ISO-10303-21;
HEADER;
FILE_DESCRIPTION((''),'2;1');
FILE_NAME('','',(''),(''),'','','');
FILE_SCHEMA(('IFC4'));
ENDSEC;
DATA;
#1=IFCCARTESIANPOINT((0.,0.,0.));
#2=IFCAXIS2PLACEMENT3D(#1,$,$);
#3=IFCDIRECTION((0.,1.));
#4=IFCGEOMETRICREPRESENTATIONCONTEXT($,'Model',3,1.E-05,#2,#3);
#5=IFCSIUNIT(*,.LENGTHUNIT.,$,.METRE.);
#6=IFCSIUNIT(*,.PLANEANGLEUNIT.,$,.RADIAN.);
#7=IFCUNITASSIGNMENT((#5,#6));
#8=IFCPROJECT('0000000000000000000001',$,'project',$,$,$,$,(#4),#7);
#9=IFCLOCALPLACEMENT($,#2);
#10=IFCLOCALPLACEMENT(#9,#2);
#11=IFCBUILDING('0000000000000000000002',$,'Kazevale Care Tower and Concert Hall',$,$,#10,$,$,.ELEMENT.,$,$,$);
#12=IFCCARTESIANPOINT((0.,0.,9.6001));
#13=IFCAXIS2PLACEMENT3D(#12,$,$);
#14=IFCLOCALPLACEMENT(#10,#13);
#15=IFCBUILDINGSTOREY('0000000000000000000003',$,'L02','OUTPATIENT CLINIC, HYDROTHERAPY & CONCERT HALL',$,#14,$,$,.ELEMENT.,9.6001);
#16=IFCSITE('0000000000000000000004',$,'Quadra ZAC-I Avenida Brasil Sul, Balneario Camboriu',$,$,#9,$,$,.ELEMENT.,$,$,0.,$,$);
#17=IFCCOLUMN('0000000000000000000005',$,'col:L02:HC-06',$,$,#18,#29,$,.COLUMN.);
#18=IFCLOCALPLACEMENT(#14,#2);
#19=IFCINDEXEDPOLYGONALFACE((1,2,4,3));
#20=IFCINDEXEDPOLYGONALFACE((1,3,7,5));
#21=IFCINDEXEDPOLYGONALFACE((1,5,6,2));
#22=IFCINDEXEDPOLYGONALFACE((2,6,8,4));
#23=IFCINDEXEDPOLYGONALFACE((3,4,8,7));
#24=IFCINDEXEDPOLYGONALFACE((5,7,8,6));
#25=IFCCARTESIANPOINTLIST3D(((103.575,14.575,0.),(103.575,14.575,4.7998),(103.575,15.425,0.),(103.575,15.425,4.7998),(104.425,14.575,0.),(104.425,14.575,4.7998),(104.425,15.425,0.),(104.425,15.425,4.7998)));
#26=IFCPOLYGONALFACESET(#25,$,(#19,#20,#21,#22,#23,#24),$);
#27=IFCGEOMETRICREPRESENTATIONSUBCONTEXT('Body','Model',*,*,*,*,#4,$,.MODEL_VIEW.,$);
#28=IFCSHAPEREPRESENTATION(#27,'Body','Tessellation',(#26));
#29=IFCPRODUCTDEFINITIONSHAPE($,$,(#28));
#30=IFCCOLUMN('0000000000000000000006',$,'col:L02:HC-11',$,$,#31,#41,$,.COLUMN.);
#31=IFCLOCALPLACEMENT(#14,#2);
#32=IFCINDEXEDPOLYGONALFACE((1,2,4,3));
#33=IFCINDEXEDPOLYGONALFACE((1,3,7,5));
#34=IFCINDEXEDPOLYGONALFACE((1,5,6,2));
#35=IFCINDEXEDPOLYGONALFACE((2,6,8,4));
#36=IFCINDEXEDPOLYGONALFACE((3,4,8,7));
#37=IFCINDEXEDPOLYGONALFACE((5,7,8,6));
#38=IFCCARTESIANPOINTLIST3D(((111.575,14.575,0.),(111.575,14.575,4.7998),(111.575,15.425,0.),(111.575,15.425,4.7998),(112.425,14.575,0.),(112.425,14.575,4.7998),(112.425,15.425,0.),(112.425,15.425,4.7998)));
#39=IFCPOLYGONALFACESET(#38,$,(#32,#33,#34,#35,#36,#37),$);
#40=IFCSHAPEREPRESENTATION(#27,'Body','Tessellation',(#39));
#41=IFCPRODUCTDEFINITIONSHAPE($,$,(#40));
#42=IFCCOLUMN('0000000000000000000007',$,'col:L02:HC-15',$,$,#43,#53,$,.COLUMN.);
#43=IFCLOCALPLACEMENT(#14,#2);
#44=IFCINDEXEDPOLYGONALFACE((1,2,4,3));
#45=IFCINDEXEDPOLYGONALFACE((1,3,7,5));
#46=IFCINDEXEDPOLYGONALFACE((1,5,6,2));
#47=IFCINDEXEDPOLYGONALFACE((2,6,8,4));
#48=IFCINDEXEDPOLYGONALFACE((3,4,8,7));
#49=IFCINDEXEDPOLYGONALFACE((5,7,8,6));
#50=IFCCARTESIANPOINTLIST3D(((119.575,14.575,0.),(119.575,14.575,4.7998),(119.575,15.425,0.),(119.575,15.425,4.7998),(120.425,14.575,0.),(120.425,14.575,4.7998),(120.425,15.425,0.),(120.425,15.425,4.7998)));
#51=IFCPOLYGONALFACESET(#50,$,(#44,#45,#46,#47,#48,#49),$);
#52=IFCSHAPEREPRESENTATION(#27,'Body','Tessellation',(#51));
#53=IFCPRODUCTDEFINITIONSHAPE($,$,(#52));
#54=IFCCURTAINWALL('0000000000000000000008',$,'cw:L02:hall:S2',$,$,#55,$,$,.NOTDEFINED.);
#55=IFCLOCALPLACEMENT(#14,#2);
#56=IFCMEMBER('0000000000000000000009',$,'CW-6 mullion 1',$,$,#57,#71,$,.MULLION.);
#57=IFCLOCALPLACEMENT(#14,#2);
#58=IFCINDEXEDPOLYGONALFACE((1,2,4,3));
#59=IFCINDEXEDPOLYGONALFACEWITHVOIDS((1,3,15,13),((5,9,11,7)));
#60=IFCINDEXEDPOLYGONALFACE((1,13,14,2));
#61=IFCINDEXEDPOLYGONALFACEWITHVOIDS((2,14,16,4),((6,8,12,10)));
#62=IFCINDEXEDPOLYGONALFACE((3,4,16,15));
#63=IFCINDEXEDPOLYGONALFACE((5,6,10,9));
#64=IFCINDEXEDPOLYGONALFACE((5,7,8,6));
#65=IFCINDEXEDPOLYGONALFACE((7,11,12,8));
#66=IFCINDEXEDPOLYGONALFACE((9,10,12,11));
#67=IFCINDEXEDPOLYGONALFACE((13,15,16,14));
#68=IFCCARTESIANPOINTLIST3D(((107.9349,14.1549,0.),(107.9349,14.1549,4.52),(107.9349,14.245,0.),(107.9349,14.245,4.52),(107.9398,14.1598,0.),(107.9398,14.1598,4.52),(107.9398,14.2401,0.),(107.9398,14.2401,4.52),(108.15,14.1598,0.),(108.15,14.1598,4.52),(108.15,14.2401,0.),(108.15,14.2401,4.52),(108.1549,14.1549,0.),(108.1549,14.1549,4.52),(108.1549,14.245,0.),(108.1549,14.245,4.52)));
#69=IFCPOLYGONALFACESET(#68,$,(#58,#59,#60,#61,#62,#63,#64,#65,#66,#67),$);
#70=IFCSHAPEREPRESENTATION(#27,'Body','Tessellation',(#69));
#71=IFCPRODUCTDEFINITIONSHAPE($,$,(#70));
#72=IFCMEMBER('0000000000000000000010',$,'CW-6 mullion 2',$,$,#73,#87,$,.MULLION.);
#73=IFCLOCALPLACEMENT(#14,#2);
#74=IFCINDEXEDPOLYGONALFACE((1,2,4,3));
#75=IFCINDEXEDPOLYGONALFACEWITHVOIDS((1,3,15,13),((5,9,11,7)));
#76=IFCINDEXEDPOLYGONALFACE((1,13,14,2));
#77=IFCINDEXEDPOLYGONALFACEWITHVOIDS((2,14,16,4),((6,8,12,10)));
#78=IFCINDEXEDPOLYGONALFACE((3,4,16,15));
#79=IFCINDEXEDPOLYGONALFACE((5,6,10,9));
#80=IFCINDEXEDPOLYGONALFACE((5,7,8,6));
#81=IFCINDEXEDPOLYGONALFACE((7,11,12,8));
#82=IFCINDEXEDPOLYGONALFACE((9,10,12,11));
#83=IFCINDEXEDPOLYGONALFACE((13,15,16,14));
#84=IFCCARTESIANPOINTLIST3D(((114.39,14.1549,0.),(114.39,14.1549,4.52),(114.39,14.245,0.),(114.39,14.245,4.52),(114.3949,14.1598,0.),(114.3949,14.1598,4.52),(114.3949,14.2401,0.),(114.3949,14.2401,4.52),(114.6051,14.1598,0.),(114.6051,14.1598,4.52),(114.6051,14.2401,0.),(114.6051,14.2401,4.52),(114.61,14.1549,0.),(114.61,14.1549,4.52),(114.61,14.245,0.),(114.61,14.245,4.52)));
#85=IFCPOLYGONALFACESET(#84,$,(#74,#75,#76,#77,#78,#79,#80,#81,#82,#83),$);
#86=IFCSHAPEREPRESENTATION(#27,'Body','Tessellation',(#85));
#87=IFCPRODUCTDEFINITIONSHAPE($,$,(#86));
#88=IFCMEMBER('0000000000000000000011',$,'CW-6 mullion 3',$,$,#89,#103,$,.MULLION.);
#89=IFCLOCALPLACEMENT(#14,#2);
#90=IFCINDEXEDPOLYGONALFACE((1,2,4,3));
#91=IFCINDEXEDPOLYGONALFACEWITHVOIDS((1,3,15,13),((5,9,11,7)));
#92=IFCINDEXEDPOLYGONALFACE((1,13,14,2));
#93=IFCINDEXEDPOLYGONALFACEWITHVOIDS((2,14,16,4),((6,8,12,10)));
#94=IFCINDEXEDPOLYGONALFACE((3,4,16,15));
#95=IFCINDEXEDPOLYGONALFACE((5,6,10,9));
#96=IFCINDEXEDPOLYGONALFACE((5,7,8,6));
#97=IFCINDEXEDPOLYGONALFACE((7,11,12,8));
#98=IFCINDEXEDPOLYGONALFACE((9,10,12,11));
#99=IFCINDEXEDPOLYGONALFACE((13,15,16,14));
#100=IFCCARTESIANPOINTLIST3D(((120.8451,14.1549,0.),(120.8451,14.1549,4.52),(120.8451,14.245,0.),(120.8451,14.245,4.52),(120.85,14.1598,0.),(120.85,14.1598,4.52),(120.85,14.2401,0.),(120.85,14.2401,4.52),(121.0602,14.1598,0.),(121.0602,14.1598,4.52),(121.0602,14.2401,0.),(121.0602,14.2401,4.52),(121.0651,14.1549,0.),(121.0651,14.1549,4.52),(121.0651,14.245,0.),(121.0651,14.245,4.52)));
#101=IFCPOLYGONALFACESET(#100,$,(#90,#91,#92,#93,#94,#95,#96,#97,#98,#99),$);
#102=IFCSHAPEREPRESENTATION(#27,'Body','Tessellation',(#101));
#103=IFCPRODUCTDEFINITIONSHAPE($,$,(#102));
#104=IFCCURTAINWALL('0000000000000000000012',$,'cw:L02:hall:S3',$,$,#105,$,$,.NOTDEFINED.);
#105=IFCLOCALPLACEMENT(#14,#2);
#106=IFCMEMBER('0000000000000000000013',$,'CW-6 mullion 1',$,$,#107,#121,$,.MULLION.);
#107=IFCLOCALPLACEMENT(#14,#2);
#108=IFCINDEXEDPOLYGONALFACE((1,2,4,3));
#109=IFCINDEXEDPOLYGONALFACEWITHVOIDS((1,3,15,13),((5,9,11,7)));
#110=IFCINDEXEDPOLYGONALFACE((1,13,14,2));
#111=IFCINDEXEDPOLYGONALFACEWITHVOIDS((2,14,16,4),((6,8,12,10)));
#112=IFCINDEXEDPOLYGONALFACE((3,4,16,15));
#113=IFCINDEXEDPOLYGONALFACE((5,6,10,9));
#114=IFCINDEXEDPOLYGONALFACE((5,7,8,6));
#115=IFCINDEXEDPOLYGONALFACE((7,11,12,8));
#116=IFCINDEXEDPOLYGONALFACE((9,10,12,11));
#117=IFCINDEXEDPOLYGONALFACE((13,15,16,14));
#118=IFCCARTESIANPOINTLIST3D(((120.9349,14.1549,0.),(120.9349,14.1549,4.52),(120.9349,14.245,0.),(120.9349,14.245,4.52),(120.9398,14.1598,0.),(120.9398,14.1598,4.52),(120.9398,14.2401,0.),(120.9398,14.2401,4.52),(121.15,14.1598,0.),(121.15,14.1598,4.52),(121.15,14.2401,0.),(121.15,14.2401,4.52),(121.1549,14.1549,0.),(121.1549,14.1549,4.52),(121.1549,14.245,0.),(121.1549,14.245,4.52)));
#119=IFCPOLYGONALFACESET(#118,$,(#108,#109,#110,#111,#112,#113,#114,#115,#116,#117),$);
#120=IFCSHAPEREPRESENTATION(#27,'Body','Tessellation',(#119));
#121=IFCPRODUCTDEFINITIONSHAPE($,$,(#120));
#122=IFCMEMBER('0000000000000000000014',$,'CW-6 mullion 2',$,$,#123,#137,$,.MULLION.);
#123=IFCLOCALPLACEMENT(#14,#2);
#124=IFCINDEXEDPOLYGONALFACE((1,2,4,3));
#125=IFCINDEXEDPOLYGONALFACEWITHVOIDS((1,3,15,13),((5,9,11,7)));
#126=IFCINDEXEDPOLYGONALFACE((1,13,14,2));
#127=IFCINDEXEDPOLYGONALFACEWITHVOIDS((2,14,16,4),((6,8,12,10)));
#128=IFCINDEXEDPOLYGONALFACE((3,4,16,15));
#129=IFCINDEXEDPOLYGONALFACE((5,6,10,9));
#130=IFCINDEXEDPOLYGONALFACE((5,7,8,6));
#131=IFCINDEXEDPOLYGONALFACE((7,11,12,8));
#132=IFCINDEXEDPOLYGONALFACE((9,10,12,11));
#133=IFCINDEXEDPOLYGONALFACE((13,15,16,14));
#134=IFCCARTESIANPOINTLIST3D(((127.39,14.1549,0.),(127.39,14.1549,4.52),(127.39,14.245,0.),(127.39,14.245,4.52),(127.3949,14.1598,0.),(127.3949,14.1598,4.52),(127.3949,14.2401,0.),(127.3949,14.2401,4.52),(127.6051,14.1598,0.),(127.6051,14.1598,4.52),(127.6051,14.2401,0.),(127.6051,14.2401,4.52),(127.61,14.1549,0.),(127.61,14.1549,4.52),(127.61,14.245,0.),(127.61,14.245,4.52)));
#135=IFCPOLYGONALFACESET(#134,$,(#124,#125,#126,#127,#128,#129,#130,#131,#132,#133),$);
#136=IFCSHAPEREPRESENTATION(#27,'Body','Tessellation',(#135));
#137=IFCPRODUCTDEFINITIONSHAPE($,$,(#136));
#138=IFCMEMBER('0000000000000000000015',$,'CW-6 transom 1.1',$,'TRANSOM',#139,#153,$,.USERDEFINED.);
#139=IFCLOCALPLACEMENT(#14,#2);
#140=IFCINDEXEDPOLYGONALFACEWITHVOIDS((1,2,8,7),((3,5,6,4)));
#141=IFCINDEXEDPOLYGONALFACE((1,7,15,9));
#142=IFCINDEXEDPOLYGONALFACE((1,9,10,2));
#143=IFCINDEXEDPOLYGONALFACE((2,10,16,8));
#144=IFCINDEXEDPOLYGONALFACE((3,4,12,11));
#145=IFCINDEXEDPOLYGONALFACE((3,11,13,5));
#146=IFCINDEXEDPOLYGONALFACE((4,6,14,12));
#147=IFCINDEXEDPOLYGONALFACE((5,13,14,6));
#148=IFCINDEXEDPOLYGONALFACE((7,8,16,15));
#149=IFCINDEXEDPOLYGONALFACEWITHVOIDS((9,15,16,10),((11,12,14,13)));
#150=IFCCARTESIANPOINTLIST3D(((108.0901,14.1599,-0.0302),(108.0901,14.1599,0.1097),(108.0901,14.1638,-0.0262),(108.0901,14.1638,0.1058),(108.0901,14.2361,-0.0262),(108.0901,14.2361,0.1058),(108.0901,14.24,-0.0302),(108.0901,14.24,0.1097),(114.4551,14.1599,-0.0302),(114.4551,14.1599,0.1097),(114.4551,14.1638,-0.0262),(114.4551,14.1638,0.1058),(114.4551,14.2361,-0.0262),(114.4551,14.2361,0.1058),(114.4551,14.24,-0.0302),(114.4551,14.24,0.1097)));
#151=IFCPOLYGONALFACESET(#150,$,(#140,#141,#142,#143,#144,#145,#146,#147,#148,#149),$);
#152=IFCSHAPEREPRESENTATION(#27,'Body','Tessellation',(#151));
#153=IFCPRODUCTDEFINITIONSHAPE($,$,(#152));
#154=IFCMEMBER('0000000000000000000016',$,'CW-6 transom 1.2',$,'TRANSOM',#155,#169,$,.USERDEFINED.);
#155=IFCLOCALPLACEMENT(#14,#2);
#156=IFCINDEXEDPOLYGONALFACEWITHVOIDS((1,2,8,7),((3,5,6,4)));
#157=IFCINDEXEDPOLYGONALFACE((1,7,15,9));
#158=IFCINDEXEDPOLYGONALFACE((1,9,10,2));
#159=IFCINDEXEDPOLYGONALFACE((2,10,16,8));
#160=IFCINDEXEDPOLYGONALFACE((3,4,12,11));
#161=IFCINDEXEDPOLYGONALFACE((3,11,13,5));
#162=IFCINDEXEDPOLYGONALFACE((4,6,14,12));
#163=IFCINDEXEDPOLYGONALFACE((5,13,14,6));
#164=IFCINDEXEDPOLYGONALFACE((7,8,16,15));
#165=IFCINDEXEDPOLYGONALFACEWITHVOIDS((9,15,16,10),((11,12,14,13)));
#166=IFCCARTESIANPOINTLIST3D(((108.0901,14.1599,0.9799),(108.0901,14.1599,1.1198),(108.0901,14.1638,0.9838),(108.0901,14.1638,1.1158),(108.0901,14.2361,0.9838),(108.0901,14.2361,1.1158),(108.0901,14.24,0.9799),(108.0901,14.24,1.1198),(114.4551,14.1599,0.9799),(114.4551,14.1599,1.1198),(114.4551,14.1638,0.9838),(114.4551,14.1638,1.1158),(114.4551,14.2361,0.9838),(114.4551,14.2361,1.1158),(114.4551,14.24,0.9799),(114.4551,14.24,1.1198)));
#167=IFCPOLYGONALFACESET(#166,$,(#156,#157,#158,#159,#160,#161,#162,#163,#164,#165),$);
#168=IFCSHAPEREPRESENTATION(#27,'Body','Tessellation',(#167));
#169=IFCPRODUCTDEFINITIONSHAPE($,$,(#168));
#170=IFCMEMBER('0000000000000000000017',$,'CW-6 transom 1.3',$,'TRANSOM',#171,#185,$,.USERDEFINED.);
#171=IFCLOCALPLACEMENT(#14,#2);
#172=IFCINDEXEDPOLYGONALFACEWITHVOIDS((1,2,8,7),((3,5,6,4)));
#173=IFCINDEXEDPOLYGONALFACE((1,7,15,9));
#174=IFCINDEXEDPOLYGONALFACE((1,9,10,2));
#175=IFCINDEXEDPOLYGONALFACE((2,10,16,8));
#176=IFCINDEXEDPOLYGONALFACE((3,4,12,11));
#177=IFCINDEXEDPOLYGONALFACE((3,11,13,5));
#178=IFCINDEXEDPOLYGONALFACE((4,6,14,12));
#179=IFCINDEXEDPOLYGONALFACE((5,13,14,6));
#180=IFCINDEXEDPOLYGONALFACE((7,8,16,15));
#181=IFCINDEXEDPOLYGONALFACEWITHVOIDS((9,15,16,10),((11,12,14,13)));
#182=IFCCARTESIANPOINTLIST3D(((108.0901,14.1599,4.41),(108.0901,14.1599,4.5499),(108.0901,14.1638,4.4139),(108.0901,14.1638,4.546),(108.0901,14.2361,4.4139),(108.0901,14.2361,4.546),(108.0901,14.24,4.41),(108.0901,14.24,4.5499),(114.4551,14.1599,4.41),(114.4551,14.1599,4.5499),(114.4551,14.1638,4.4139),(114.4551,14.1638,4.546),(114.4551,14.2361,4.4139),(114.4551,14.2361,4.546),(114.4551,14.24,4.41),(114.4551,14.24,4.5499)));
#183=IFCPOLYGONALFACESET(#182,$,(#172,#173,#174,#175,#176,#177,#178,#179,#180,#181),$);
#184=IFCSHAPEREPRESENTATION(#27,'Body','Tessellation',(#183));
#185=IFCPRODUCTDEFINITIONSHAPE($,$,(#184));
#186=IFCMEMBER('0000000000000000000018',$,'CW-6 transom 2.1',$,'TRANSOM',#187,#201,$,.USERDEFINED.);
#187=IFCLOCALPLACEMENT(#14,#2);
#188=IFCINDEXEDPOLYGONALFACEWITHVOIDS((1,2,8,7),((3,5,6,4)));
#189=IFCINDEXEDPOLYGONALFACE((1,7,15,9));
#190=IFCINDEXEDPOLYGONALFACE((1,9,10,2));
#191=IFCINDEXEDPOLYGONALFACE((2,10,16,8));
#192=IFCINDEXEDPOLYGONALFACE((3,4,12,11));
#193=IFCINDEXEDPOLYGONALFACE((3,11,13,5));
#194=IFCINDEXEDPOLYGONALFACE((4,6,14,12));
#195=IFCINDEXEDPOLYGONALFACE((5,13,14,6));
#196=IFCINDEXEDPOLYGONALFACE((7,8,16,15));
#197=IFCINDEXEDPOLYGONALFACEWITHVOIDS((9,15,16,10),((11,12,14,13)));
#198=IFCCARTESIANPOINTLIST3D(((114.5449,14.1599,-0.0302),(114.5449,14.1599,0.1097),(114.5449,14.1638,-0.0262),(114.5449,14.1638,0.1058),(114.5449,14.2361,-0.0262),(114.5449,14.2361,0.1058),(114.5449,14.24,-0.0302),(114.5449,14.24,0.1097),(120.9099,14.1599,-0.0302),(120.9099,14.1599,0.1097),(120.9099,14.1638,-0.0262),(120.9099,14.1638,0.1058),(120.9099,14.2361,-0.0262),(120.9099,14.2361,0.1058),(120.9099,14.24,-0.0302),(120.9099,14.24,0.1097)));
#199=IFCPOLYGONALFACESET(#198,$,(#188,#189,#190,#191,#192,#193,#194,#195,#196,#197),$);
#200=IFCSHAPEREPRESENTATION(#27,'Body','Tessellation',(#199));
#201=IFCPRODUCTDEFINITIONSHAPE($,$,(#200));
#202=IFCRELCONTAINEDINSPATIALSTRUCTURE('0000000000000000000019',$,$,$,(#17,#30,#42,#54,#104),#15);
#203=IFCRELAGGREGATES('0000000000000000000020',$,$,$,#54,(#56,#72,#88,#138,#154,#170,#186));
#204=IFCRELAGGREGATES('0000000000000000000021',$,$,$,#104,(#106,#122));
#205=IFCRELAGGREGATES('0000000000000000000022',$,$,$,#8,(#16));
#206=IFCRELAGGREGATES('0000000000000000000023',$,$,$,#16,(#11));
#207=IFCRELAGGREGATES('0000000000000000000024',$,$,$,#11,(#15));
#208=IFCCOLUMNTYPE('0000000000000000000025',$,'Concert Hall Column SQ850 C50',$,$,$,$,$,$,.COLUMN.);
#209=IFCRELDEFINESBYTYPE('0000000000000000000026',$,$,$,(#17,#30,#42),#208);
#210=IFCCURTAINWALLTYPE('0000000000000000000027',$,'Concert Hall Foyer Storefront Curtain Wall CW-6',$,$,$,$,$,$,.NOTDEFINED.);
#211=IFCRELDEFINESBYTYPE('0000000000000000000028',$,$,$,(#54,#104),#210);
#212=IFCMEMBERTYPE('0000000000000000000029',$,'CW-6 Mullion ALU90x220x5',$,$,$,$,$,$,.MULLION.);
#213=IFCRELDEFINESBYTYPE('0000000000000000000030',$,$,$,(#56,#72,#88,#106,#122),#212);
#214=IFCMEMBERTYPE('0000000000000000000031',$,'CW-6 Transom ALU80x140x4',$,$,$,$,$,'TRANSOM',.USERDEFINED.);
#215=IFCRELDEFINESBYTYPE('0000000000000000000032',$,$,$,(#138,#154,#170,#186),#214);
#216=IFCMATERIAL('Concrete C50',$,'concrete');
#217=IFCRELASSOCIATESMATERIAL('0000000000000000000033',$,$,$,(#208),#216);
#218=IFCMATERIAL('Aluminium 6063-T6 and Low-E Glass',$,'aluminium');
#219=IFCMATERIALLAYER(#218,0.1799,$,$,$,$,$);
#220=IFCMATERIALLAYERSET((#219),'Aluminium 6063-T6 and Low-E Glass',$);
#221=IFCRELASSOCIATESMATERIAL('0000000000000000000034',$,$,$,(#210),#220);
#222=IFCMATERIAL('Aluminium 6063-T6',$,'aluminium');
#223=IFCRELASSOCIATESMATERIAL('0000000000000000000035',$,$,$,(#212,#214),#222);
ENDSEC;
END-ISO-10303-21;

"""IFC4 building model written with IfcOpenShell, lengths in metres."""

from ifc_helpers import new_model, si_unit, direction, frame, origin, origin_2d, place, context, subcontext, project, spatial, rectangle, hollow_rectangle, extrude, material, layer, layer_set, material_profile, profile_set, type_object, element, aggregate, save


model = new_model("IFC4")

# Units and contexts
model_context = context("Model", 3, precision=1e-05, world=origin(), true_north=direction((0.0, 1.0)))
body_context = subcontext(model_context, "Body", "Model", "MODEL_VIEW")
ifc_project = project(units=[si_unit("LENGTHUNIT", "METRE"), si_unit("PLANEANGLEUNIT", "RADIAN")], contexts=[model_context])

# Site, building, storey
site_placement = place(None, origin())
site = spatial("IfcSite", under=ifc_project, at=site_placement, Name="Quadra ZAC-I Avenida Brasil Sul, Balneario Camboriu", CompositionType="ELEMENT", RefElevation=0.0)
building_placement = place(site_placement, origin())
building = spatial("IfcBuilding", under=site, at=building_placement, Name="Kazevale Care Tower and Concert Hall", CompositionType="ELEMENT")
storey_placement = place(building_placement, frame((0.0, 0.0, 9.6001)))
storey = spatial("IfcBuildingStorey", under=building, at=storey_placement, Name="L02", Description="OUTPATIENT CLINIC, HYDROTHERAPY & CONCERT HALL", CompositionType="ELEMENT", Elevation=9.6001)

# Columns
ifc_material_1 = material(Name="Concrete C50", Category="concrete")
ifc_material_profile_1 = material_profile(ifc_material_1, rectangle(XDim=0.8501, YDim=0.8501, at=origin_2d()), Name="RC-SQ850")
ifc_profile_set_1 = profile_set([ifc_material_profile_1], Name="Concrete C50")
column_type = type_object("IfcColumnType", Name="Concert Hall Column SQ850 C50", PredefinedType="COLUMN", material=ifc_profile_set_1)
for number, where, z_axis, x_axis, name in (
    (1, (104.0, 15.0, 0.0), (0.0, 0.0, 1.0), (1.0, 0.0, 0.0), "col:L02:HC-06"),
    (2, (112.0, 15.0, 0.0), (0.0, 0.0, 1.0), (1.0, 0.0, 0.0), "col:L02:HC-11"),
    (3, (120.0, 15.0, 0.0), (0.0, 0.0, 1.0), (1.0, 0.0, 0.0), "col:L02:HC-15"),
):
    element("IfcColumn", number, at=place(storey_placement, frame(where, z_axis=z_axis, x_axis=x_axis)), inside=storey, type_object=column_type, Name=name, PredefinedType="COLUMN", context=body_context, shape_type="SweptSolid", body=[
        extrude(rectangle(XDim=0.8501, YDim=0.8501, at=origin_2d()), origin(), (0.0, 0.0, 1.0), 4.7998),
    ])

# Curtain walls, members
ifc_material_2 = material(Name="Aluminium 6063-T6 and Low-E Glass", Category="aluminium")
ifc_layer_1 = layer(ifc_material_2, 0.1799)
ifc_layer_set_1 = layer_set([ifc_layer_1], Name="Aluminium 6063-T6 and Low-E Glass")
curtain_wall_type = type_object("IfcCurtainWallType", Name="Concert Hall Foyer Storefront Curtain Wall CW-6", PredefinedType="NOTDEFINED", material=ifc_layer_set_1)
curtain_wall_1_placement = place(storey_placement, origin())
curtain_wall_1 = element("IfcCurtainWall", 4, at=curtain_wall_1_placement, inside=storey, type_object=curtain_wall_type, Name="cw:L02:hall:S2", PredefinedType="NOTDEFINED")
ifc_material_3 = material(Name="Aluminium 6063-T6", Category="aluminium")
ifc_material_profile_2 = material_profile(ifc_material_3, hollow_rectangle(XDim=0.0901, YDim=0.22, WallThickness=0.0049, at=origin_2d()), Name="ALU90x220x5")
ifc_profile_set_2 = profile_set([ifc_material_profile_2], Name="Aluminium 6063-T6")
member_type_1 = type_object("IfcMemberType", Name="CW-6 Mullion ALU90x220x5", PredefinedType="MULLION", material=ifc_profile_set_2)
member_1_placement = place(storey_placement, frame((108.0449, 14.2, 0.0), z_axis=(0.0, 0.0, 1.0), x_axis=(0.0, 1.0, 0.0)))
member_1 = element("IfcMember", 5, at=member_1_placement, type_object=member_type_1, Name="CW-6 mullion 1", PredefinedType="MULLION", context=body_context, shape_type="SweptSolid", body=[
    extrude(hollow_rectangle(XDim=0.0901, YDim=0.22, WallThickness=0.0049, at=origin_2d()), origin(), (0.0, 0.0, 1.0), 4.52),
])
member_2_placement = place(storey_placement, frame((114.5, 14.2, 0.0), z_axis=(0.0, 0.0, 1.0), x_axis=(0.0, 1.0, 0.0)))
member_2 = element("IfcMember", 6, at=member_2_placement, type_object=member_type_1, Name="CW-6 mullion 2", PredefinedType="MULLION", context=body_context, shape_type="SweptSolid", body=[
    extrude(hollow_rectangle(XDim=0.0901, YDim=0.22, WallThickness=0.0049, at=origin_2d()), origin(), (0.0, 0.0, 1.0), 4.52),
])
member_3_placement = place(storey_placement, frame((120.9551, 14.2, 0.0), z_axis=(0.0, 0.0, 1.0), x_axis=(0.0, 1.0, 0.0)))
member_3 = element("IfcMember", 7, at=member_3_placement, type_object=member_type_1, Name="CW-6 mullion 3", PredefinedType="MULLION", context=body_context, shape_type="SweptSolid", body=[
    extrude(hollow_rectangle(XDim=0.0901, YDim=0.22, WallThickness=0.0049, at=origin_2d()), origin(), (0.0, 0.0, 1.0), 4.52),
])
curtain_wall_2_placement = place(storey_placement, origin())
curtain_wall_2 = element("IfcCurtainWall", 8, at=curtain_wall_2_placement, inside=storey, type_object=curtain_wall_type, Name="cw:L02:hall:S3", PredefinedType="NOTDEFINED")
member_4_placement = place(storey_placement, frame((121.0449, 14.2, 0.0), z_axis=(0.0, 0.0, 1.0), x_axis=(0.0, 1.0, 0.0)))
member_4 = element("IfcMember", 9, at=member_4_placement, type_object=member_type_1, Name="CW-6 mullion 1", PredefinedType="MULLION", context=body_context, shape_type="SweptSolid", body=[
    extrude(hollow_rectangle(XDim=0.0901, YDim=0.22, WallThickness=0.0049, at=origin_2d()), origin(), (0.0, 0.0, 1.0), 4.52),
])
member_5_placement = place(storey_placement, frame((127.5, 14.2, 0.0), z_axis=(0.0, 0.0, 1.0), x_axis=(0.0, 1.0, 0.0)))
member_5 = element("IfcMember", 10, at=member_5_placement, type_object=member_type_1, Name="CW-6 mullion 2", PredefinedType="MULLION", context=body_context, shape_type="SweptSolid", body=[
    extrude(hollow_rectangle(XDim=0.0901, YDim=0.22, WallThickness=0.0049, at=origin_2d()), origin(), (0.0, 0.0, 1.0), 4.52),
])

# Members
ifc_material_profile_3 = material_profile(ifc_material_3, hollow_rectangle(XDim=0.0801, YDim=0.1399, WallThickness=0.0039, at=origin_2d()), Name="ALU80x140x4")
ifc_profile_set_3 = profile_set([ifc_material_profile_3], Name="Aluminium 6063-T6")
member_type_2 = type_object("IfcMemberType", Name="CW-6 Transom ALU80x140x4", ElementType="TRANSOM", PredefinedType="USERDEFINED", material=ifc_profile_set_3)
member_6_placement = place(storey_placement, frame((108.0901, 14.2, 0.0398), z_axis=(1.0, 0.0, 0.0), x_axis=(0.0, 1.0, 0.0)))
member_6 = element("IfcMember", 11, at=member_6_placement, type_object=member_type_2, Name="CW-6 transom 1.1", ObjectType="TRANSOM", PredefinedType="USERDEFINED", context=body_context, shape_type="SweptSolid", body=[
    extrude(hollow_rectangle(XDim=0.0801, YDim=0.1399, WallThickness=0.0039, at=origin_2d()), origin(), (0.0, 0.0, 1.0), 6.365),
])
member_7_placement = place(storey_placement, frame((108.0901, 14.2, 1.0498), z_axis=(1.0, 0.0, 0.0), x_axis=(0.0, 1.0, 0.0)))
member_7 = element("IfcMember", 12, at=member_7_placement, type_object=member_type_2, Name="CW-6 transom 1.2", ObjectType="TRANSOM", PredefinedType="USERDEFINED", context=body_context, shape_type="SweptSolid", body=[
    extrude(hollow_rectangle(XDim=0.0801, YDim=0.1399, WallThickness=0.0039, at=origin_2d()), origin(), (0.0, 0.0, 1.0), 6.365),
])
member_8_placement = place(storey_placement, frame((108.0901, 14.2, 4.48), z_axis=(1.0, 0.0, 0.0), x_axis=(0.0, 1.0, 0.0)))
member_8 = element("IfcMember", 13, at=member_8_placement, type_object=member_type_2, Name="CW-6 transom 1.3", ObjectType="TRANSOM", PredefinedType="USERDEFINED", context=body_context, shape_type="SweptSolid", body=[
    extrude(hollow_rectangle(XDim=0.0801, YDim=0.1399, WallThickness=0.0039, at=origin_2d()), origin(), (0.0, 0.0, 1.0), 6.365),
])
member_9_placement = place(storey_placement, frame((114.5449, 14.2, 0.0398), z_axis=(1.0, 0.0, 0.0), x_axis=(0.0, 1.0, 0.0)))
member_9 = element("IfcMember", 14, at=member_9_placement, type_object=member_type_2, Name="CW-6 transom 2.1", ObjectType="TRANSOM", PredefinedType="USERDEFINED", context=body_context, shape_type="SweptSolid", body=[
    extrude(hollow_rectangle(XDim=0.0801, YDim=0.1399, WallThickness=0.0039, at=origin_2d()), origin(), (0.0, 0.0, 1.0), 6.365),
])

aggregate(curtain_wall_1, [member_1, member_2, member_3, member_6, member_7, member_8, member_9])
aggregate(curtain_wall_2, [member_4, member_5])

save(model, "model.ifc")
